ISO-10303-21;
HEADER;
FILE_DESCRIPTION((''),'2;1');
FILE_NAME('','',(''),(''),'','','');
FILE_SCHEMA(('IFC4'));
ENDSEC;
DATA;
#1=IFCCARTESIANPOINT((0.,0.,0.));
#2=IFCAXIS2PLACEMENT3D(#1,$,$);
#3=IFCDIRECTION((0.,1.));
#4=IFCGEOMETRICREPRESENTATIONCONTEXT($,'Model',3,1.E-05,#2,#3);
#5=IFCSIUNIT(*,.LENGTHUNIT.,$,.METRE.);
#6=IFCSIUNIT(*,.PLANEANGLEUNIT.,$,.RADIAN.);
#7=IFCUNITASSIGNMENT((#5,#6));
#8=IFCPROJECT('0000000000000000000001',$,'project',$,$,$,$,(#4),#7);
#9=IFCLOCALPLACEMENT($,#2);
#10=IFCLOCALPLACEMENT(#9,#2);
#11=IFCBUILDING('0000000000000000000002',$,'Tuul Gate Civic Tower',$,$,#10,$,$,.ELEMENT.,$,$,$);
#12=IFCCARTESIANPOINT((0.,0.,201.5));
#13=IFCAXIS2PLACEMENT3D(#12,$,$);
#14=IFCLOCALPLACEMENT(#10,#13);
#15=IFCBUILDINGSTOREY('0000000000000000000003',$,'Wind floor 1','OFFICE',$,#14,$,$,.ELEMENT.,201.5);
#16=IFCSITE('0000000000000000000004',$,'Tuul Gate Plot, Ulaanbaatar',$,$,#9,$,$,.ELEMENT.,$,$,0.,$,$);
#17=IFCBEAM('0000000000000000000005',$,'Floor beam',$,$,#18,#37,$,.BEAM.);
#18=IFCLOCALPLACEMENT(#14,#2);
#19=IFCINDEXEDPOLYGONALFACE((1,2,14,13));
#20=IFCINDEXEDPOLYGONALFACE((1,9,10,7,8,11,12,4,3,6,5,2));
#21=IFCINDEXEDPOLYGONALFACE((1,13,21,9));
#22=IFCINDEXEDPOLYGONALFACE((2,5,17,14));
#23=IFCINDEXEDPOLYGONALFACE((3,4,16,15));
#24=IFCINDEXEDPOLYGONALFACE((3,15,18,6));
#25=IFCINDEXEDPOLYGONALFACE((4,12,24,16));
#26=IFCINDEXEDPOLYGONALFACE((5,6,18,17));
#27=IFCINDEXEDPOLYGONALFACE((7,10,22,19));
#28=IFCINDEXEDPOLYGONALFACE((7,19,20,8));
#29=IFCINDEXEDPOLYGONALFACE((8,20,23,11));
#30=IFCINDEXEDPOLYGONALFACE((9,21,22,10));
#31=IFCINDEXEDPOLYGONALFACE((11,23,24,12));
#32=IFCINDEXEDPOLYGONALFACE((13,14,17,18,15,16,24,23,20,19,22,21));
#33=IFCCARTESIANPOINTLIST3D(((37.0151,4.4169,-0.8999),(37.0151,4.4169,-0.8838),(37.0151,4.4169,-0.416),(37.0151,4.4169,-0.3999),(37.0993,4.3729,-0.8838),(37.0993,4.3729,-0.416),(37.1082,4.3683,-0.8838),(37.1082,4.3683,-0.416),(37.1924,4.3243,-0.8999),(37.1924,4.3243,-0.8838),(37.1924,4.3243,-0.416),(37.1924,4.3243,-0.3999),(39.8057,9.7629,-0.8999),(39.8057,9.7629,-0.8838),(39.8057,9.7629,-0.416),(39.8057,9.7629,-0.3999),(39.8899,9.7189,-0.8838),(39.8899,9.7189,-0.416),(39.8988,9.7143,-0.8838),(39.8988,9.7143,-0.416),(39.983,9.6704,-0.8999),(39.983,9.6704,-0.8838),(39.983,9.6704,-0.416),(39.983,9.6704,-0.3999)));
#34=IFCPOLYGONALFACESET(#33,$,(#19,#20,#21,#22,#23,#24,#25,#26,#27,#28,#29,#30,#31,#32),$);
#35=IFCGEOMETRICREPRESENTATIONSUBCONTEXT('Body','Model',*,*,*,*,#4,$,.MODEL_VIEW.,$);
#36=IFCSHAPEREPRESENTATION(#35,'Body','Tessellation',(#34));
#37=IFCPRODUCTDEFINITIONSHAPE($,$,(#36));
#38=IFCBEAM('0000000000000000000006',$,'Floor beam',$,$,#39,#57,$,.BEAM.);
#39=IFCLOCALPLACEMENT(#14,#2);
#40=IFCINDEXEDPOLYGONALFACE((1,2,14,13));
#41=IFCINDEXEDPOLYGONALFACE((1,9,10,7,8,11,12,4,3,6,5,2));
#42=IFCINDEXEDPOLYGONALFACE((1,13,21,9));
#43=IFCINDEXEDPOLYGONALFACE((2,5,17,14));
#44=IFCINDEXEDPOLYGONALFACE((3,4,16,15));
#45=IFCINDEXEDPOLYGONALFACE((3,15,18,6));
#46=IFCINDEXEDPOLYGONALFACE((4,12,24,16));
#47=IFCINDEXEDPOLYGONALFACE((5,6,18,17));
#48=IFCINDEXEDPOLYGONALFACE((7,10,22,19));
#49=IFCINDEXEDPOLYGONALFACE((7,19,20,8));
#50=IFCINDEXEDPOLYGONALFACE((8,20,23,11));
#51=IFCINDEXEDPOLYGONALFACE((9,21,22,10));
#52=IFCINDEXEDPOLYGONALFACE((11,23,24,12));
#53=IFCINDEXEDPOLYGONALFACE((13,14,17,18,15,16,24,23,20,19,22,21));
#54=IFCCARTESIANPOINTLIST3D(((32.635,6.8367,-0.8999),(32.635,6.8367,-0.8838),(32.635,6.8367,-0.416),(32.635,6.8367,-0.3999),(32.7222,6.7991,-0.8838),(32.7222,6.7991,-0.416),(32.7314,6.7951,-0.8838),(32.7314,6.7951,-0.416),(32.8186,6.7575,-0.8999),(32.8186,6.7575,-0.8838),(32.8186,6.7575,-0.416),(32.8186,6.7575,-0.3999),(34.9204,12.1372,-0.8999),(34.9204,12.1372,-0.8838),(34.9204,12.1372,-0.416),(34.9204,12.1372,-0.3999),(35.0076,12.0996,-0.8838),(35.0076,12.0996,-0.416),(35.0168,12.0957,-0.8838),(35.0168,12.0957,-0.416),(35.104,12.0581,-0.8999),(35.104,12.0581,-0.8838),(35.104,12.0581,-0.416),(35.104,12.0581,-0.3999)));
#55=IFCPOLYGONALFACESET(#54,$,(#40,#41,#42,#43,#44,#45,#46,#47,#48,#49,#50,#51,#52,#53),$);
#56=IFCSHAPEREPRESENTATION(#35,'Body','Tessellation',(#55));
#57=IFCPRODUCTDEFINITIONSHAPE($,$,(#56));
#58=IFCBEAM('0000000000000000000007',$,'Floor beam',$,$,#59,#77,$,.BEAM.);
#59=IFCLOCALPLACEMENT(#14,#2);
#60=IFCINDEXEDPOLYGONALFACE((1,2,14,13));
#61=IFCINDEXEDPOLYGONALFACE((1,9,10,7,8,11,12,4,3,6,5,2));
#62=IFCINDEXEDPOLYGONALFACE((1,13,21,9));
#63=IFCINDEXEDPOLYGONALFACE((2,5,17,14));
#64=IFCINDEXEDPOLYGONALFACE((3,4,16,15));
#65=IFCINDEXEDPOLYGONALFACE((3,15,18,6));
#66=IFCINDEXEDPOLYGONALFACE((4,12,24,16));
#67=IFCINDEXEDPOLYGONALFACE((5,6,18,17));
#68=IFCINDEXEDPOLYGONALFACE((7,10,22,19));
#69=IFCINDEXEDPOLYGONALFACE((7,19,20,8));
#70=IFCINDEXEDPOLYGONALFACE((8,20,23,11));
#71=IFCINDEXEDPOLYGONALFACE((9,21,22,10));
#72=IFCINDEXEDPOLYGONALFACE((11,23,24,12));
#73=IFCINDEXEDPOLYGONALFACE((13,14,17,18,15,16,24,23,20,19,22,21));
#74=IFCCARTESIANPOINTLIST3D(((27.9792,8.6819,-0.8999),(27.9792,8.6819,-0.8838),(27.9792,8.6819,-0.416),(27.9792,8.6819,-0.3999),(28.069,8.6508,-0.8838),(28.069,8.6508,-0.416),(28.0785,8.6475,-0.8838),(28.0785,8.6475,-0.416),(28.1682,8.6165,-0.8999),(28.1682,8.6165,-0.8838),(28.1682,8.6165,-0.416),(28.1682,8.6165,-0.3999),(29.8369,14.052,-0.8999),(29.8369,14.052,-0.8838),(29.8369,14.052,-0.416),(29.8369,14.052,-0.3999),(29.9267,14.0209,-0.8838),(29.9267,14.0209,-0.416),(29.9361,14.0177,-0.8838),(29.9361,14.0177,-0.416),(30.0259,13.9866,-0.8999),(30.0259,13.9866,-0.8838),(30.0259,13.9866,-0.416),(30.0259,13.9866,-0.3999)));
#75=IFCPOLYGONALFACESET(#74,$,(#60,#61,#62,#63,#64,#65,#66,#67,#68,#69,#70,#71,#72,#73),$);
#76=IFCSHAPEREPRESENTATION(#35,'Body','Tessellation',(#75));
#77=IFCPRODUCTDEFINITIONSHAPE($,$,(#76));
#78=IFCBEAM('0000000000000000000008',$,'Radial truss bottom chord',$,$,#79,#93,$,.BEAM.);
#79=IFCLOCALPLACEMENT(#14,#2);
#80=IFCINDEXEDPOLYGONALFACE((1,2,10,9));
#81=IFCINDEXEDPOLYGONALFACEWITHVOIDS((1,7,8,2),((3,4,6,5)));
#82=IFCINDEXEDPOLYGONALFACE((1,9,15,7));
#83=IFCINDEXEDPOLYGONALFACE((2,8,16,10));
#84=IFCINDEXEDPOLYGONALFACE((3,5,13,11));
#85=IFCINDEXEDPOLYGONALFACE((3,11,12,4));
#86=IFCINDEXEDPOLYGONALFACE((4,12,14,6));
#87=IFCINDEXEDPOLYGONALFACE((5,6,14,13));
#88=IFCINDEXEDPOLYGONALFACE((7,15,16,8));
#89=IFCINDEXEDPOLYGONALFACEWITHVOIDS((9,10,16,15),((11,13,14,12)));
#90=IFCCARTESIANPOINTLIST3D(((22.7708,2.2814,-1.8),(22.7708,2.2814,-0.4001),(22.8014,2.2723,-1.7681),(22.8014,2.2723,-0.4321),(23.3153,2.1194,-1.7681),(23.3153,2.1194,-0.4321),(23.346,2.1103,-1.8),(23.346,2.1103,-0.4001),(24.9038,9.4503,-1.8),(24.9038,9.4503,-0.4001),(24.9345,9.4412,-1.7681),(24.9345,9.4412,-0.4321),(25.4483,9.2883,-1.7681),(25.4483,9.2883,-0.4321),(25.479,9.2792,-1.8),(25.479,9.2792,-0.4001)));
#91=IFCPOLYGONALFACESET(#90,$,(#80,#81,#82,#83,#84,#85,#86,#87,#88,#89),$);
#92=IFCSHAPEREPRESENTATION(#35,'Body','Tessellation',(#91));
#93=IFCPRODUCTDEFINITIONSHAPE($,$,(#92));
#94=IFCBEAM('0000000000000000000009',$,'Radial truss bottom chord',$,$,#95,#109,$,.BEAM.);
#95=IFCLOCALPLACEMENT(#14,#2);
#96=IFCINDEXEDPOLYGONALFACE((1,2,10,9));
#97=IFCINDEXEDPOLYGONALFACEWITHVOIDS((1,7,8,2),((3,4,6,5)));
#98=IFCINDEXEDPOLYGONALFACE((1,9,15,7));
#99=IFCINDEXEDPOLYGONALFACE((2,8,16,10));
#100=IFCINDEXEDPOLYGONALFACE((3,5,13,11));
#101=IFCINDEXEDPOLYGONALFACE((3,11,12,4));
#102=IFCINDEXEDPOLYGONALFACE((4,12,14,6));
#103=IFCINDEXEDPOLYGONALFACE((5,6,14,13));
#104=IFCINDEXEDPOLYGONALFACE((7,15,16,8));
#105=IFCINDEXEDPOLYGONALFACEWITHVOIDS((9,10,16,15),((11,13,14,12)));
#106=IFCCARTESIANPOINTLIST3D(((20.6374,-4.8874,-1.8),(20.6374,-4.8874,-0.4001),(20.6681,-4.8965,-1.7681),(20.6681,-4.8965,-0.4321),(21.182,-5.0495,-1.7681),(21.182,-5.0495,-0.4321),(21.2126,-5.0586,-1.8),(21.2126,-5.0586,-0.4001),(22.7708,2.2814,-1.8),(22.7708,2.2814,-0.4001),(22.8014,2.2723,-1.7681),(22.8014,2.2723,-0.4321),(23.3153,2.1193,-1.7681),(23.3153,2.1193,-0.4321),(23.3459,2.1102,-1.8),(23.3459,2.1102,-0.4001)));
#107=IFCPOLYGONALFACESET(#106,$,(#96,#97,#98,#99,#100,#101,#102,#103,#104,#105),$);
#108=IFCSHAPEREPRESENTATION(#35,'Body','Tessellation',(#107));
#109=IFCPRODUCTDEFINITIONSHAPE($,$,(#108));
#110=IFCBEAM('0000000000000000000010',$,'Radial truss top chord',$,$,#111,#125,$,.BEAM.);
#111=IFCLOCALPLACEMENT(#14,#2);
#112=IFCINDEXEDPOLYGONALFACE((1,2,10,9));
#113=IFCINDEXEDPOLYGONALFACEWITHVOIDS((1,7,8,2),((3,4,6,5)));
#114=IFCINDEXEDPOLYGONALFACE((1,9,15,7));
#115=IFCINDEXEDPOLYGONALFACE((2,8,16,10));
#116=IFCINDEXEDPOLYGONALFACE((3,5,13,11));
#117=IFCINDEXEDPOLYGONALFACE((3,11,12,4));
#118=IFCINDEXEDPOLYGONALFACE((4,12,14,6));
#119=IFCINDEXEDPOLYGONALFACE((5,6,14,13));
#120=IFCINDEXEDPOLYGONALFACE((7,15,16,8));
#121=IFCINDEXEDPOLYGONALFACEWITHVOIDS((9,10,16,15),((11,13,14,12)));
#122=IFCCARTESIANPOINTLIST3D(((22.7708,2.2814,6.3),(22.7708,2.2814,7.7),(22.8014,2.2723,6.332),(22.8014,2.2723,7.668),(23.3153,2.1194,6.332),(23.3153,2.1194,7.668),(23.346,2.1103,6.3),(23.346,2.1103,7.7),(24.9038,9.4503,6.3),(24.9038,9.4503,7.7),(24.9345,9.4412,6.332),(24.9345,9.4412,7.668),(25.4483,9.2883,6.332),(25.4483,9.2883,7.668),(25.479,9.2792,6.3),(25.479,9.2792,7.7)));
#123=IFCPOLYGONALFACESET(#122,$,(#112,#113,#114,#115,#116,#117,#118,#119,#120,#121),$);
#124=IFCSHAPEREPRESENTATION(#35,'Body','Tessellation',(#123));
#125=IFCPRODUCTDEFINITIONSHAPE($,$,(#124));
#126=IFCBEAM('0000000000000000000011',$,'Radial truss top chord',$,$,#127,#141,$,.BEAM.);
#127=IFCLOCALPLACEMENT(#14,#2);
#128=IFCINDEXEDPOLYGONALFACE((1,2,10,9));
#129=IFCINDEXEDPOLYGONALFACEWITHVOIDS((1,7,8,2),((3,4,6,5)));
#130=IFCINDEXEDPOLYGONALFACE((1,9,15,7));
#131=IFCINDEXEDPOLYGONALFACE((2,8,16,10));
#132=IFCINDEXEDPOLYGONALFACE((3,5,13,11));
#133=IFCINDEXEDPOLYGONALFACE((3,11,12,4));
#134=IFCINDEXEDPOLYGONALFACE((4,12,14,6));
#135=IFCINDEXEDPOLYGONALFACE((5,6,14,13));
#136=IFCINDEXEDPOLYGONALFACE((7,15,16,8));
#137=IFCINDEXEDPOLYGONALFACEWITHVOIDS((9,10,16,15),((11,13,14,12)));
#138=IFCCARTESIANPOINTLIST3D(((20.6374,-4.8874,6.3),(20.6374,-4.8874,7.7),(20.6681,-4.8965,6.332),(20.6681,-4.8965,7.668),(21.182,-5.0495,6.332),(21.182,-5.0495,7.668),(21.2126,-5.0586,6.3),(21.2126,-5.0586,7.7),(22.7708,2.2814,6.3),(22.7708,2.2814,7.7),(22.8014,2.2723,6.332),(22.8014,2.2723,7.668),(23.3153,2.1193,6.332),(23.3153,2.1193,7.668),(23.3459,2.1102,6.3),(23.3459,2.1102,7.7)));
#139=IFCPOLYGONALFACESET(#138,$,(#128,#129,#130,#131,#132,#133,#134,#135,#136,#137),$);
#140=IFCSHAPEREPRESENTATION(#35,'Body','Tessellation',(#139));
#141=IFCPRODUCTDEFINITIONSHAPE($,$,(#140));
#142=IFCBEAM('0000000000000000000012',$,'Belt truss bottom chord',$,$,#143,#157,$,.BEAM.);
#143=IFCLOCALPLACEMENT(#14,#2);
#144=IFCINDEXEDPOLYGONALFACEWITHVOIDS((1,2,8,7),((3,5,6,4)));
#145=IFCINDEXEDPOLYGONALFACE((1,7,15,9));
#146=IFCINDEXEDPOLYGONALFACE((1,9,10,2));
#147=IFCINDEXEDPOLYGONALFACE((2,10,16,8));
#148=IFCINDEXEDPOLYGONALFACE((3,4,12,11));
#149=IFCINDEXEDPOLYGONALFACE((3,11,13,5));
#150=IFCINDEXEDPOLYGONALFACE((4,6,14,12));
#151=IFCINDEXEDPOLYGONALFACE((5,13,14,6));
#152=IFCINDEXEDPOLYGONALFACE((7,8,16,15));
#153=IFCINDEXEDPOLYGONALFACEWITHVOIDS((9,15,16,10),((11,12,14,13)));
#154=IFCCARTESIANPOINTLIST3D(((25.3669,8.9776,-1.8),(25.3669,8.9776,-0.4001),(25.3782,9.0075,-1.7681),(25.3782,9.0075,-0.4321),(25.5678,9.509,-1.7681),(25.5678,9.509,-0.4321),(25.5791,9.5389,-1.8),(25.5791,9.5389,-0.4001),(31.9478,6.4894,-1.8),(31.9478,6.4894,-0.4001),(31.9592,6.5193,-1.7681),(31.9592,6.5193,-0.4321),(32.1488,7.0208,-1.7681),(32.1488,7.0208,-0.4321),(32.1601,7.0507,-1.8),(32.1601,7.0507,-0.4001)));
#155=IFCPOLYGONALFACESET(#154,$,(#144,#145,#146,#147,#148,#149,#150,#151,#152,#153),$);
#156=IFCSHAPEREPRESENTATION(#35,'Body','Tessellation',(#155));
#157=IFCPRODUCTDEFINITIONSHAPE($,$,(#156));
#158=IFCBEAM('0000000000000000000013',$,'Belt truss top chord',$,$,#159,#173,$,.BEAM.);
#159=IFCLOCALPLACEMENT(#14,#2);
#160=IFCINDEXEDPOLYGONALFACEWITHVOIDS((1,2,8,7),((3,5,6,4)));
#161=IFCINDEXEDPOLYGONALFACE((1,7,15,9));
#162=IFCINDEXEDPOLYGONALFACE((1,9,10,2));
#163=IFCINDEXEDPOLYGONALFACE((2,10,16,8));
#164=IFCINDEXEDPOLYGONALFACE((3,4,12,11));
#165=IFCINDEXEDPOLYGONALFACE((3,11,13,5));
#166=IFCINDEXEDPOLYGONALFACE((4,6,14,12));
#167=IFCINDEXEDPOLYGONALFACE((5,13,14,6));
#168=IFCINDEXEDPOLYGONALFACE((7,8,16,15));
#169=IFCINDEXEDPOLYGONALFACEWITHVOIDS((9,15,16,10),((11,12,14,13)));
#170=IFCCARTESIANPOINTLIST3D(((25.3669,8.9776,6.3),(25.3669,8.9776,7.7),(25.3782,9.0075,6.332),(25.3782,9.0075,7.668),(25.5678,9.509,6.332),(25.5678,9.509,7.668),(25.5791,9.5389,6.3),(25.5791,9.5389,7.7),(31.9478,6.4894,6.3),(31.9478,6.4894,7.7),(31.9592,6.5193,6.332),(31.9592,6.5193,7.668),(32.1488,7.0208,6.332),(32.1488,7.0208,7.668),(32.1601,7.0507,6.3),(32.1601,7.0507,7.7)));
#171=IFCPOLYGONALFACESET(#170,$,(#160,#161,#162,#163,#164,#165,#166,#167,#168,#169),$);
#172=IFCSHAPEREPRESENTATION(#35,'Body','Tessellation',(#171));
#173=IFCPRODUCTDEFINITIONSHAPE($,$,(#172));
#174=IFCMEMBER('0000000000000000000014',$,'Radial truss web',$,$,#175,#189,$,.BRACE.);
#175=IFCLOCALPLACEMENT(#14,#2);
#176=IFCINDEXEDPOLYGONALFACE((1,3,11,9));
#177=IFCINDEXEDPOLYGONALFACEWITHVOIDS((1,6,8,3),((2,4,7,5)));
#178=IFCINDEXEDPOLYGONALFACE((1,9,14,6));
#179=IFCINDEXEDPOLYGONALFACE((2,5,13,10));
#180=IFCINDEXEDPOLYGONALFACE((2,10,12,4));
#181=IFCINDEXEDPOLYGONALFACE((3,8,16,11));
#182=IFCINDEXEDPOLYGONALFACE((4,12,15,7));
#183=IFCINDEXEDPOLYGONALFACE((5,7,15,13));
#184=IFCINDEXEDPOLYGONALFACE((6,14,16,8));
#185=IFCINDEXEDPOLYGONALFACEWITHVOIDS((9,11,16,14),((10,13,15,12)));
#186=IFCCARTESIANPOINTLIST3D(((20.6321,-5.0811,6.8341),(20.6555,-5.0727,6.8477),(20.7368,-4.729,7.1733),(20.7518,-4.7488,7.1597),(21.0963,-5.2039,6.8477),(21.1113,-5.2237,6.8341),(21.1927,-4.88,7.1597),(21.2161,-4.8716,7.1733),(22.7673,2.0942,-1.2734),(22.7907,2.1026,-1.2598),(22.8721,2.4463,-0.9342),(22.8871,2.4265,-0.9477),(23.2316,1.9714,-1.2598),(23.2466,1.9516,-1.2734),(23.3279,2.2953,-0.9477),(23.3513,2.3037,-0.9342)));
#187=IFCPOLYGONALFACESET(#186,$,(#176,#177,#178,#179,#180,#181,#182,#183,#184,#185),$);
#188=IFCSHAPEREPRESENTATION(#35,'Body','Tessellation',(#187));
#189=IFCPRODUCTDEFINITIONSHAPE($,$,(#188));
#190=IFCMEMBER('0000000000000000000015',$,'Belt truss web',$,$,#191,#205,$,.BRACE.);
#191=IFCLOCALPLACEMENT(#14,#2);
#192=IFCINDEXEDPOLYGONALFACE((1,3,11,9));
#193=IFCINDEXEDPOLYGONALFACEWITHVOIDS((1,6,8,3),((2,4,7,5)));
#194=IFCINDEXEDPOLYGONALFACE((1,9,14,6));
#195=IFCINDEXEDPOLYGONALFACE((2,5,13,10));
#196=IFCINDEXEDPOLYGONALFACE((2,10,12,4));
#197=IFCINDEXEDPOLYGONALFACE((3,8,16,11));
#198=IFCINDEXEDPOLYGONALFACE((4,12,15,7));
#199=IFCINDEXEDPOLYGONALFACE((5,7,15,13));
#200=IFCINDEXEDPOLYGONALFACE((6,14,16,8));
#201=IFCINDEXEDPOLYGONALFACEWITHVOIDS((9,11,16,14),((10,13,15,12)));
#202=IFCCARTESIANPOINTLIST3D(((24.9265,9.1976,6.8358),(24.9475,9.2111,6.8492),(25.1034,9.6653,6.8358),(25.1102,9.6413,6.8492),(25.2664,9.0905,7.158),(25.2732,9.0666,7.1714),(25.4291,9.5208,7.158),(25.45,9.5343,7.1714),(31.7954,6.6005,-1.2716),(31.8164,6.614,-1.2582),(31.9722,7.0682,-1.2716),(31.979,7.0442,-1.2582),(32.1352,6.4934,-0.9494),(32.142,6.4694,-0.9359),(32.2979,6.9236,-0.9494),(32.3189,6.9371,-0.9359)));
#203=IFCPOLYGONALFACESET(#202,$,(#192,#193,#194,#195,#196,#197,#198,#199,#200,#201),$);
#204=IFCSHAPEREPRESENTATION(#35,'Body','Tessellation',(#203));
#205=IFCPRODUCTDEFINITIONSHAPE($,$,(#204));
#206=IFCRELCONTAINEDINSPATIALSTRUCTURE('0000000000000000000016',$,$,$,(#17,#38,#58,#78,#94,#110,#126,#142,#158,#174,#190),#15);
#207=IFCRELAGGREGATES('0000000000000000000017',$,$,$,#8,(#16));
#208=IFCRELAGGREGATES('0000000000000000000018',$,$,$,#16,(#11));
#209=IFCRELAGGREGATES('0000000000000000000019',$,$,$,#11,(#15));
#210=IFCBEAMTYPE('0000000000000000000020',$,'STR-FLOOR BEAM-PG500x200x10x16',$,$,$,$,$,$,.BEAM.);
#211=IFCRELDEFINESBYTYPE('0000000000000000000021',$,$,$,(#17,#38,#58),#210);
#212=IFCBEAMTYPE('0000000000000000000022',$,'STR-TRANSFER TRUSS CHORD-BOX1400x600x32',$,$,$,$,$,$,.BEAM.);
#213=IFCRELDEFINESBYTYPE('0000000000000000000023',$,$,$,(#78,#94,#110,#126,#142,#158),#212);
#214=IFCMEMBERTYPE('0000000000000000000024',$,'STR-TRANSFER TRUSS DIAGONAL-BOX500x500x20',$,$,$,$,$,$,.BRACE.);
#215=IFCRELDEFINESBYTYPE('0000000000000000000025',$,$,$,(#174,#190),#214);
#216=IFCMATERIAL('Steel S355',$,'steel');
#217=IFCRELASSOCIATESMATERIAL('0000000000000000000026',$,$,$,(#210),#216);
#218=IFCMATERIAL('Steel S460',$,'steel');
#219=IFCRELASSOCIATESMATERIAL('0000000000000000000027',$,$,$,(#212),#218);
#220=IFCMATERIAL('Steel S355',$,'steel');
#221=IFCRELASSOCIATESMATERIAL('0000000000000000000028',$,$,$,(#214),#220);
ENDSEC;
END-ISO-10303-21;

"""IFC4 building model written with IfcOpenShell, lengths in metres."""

from ifc_helpers import new_model, si_unit, direction, frame, origin, origin_2d, place, context, subcontext, project, spatial, hollow_rectangle, i_section, extrude, material, material_profile, profile_set, type_object, element, save


model = new_model("IFC4")

# Units and contexts
model_context = context("Model", 3, precision=1e-05, world=origin(), true_north=direction((0.0, 1.0)))
body_context = subcontext(model_context, "Body", "Model", "MODEL_VIEW")
ifc_project = project(units=[si_unit("LENGTHUNIT", "METRE"), si_unit("PLANEANGLEUNIT", "RADIAN")], contexts=[model_context])

# Site, building, storey
site_placement = place(None, origin())
site = spatial("IfcSite", under=ifc_project, at=site_placement, Name="Tuul Gate Plot, Ulaanbaatar", CompositionType="ELEMENT", RefElevation=0.0)
building_placement = place(site_placement, origin())
building = spatial("IfcBuilding", under=site, at=building_placement, Name="Tuul Gate Civic Tower", CompositionType="ELEMENT")
storey_placement = place(building_placement, frame((0.0, 0.0, 201.5)))
storey = spatial("IfcBuildingStorey", under=building, at=storey_placement, Name="Wind floor 1", Description="OFFICE", CompositionType="ELEMENT", Elevation=201.5)

# Beams
ifc_material_1 = material(Name="Steel S355", Category="steel")
ifc_material_profile_1 = material_profile(ifc_material_1, i_section(OverallWidth=0.2, OverallDepth=0.5, WebThickness=0.01, FlangeThickness=0.0161, at=origin_2d()), Name="PG500x200x10x16")
ifc_profile_set_1 = profile_set([ifc_material_profile_1], Name="Steel S355")
beam_type_1 = type_object("IfcBeamType", Name="STR-FLOOR BEAM-PG500x200x10x16", PredefinedType="BEAM", material=ifc_profile_set_1)
beam_1_placement = place(storey_placement, frame((37.1038, 4.3706, -0.6499), z_axis=(0.46274, 0.886494, 0.0), x_axis=(-0.886494, 0.46274, 0.0)))
element("IfcBeam", 1, at=beam_1_placement, inside=storey, type_object=beam_type_1, Name="Floor beam", PredefinedType="BEAM", context=body_context, shape_type="SweptSolid", body=[
    extrude(i_section(OverallWidth=0.2, OverallDepth=0.5, WebThickness=0.01, FlangeThickness=0.0161, at=origin_2d()), origin(), (0.0, 0.0, 1.0), 6.0305),
])
beam_2_placement = place(storey_placement, frame((32.7268, 6.7971, -0.6499), z_axis=(0.39593, 0.918281, 0.0), x_axis=(-0.918281, 0.39593, 0.0)))
element("IfcBeam", 2, at=beam_2_placement, inside=storey, type_object=beam_type_1, Name="Floor beam", PredefinedType="BEAM", context=body_context, shape_type="SweptSolid", body=[
    extrude(i_section(OverallWidth=0.2, OverallDepth=0.5, WebThickness=0.01, FlangeThickness=0.0161, at=origin_2d()), origin(), (0.0, 0.0, 1.0), 5.7722),
])
beam_3_placement = place(storey_placement, frame((28.0737, 8.6492, -0.6499), z_axis=(0.326919, 0.945052, 0.0), x_axis=(-0.945052, 0.326919, 0.0)))
element("IfcBeam", 3, at=beam_3_placement, inside=storey, type_object=beam_type_1, Name="Floor beam", PredefinedType="BEAM", context=body_context, shape_type="SweptSolid", body=[
    extrude(i_section(OverallWidth=0.2, OverallDepth=0.5, WebThickness=0.01, FlangeThickness=0.0161, at=origin_2d()), origin(), (0.0, 0.0, 1.0), 5.6824),
])
ifc_material_2 = material(Name="Steel S460", Category="steel")
ifc_material_profile_2 = material_profile(ifc_material_2, hollow_rectangle(XDim=0.6001, YDim=1.3999, WallThickness=0.032, at=origin_2d()), Name="BOX1400x600x32")
ifc_profile_set_2 = profile_set([ifc_material_profile_2], Name="Steel S460")
beam_type_2 = type_object("IfcBeamType", Name="STR-TRANSFER TRUSS CHORD-BOX1400x600x32", PredefinedType="BEAM", material=ifc_profile_set_2)
for number, where, z_axis, x_axis, name in (
    (4, (25.1914, 9.3647, -1.1001), (-0.285185, -0.958472, 0.0), (0.958472, -0.285185, 0.0), "Radial truss bottom chord"),
    (5, (23.0583, 2.1958, -1.1001), (-0.285224, -0.958461, 0.0), (0.958461, -0.285224, 0.0), "Radial truss bottom chord"),
    (6, (25.1914, 9.3647, 7.0), (-0.285185, -0.958472, 0.0), (0.958472, -0.285185, 0.0), "Radial truss top chord"),
    (7, (23.0583, 2.1958, 7.0), (-0.285224, -0.958461, 0.0), (0.958461, -0.285224, 0.0), "Radial truss top chord"),
):
    element("IfcBeam", number, at=place(storey_placement, frame(where, z_axis=z_axis, x_axis=x_axis)), inside=storey, type_object=beam_type_2, Name=name, PredefinedType="BEAM", context=body_context, shape_type="SweptSolid", body=[
        extrude(hollow_rectangle(XDim=0.6001, YDim=1.3999, WallThickness=0.032, at=origin_2d()), origin(), (0.0, 0.0, 1.0), 7.4795),
    ])
for number, where, z_axis, x_axis, name in (
    (8, (32.054, 6.77, -1.1001), (-0.935373, 0.353662, 0.0), (-0.353662, -0.935373, 0.0), "Belt truss bottom chord"),
    (9, (32.054, 6.77, 7.0), (-0.935373, 0.353662, 0.0), (-0.353662, -0.935373, 0.0), "Belt truss top chord"),
):
    element("IfcBeam", number, at=place(storey_placement, frame(where, z_axis=z_axis, x_axis=x_axis)), inside=storey, type_object=beam_type_2, Name=name, PredefinedType="BEAM", context=body_context, shape_type="SweptSolid", body=[
        extrude(hollow_rectangle(XDim=0.6001, YDim=1.3999, WallThickness=0.032, at=origin_2d()), origin(), (0.0, 0.0, 1.0), 7.0356),
    ])

# Members
ifc_material_3 = material(Name="Steel S355", Category="steel")
ifc_material_profile_3 = material_profile(ifc_material_3, hollow_rectangle(XDim=0.5, YDim=0.5, WallThickness=0.02, at=origin_2d()), Name="BOX500x500x20")
ifc_profile_set_3 = profile_set([ifc_material_profile_3], Name="Steel S355")
member_type_1 = type_object("IfcMemberType", Name="STR-TRANSFER TRUSS DIAGONAL-BOX500x500x20", PredefinedType="BRACE", material=ifc_profile_set_3)
member_1_placement = place(storey_placement, frame((23.0593, 2.199, -1.1038), z_axis=(-0.193496, -0.650222, 0.734691), x_axis=(0.958461, -0.285223, 0.0)))
element("IfcMember", 10, at=member_1_placement, inside=storey, type_object=member_type_1, Name="Radial truss web", PredefinedType="BRACE", context=body_context, shape_type="SweptSolid", body=[
    extrude(hollow_rectangle(XDim=0.5, YDim=0.5, WallThickness=0.02, at=origin_2d()), origin(), (0.0, 0.0, 1.0), 11.0352),
])
member_2_placement = place(storey_placement, frame((32.0571, 6.7688, -1.1038), z_axis=(-0.627939, 0.237427, 0.741162), x_axis=(-0.353669, -0.935371, 0.0)))
element("IfcMember", 11, at=member_2_placement, inside=storey, type_object=member_type_1, Name="Belt truss web", PredefinedType="BRACE", context=body_context, shape_type="SweptSolid", body=[
    extrude(hollow_rectangle(XDim=0.5, YDim=0.5, WallThickness=0.02, at=origin_2d()), origin(), (0.0, 0.0, 1.0), 10.9387),
])

save(model, "model.ifc")
